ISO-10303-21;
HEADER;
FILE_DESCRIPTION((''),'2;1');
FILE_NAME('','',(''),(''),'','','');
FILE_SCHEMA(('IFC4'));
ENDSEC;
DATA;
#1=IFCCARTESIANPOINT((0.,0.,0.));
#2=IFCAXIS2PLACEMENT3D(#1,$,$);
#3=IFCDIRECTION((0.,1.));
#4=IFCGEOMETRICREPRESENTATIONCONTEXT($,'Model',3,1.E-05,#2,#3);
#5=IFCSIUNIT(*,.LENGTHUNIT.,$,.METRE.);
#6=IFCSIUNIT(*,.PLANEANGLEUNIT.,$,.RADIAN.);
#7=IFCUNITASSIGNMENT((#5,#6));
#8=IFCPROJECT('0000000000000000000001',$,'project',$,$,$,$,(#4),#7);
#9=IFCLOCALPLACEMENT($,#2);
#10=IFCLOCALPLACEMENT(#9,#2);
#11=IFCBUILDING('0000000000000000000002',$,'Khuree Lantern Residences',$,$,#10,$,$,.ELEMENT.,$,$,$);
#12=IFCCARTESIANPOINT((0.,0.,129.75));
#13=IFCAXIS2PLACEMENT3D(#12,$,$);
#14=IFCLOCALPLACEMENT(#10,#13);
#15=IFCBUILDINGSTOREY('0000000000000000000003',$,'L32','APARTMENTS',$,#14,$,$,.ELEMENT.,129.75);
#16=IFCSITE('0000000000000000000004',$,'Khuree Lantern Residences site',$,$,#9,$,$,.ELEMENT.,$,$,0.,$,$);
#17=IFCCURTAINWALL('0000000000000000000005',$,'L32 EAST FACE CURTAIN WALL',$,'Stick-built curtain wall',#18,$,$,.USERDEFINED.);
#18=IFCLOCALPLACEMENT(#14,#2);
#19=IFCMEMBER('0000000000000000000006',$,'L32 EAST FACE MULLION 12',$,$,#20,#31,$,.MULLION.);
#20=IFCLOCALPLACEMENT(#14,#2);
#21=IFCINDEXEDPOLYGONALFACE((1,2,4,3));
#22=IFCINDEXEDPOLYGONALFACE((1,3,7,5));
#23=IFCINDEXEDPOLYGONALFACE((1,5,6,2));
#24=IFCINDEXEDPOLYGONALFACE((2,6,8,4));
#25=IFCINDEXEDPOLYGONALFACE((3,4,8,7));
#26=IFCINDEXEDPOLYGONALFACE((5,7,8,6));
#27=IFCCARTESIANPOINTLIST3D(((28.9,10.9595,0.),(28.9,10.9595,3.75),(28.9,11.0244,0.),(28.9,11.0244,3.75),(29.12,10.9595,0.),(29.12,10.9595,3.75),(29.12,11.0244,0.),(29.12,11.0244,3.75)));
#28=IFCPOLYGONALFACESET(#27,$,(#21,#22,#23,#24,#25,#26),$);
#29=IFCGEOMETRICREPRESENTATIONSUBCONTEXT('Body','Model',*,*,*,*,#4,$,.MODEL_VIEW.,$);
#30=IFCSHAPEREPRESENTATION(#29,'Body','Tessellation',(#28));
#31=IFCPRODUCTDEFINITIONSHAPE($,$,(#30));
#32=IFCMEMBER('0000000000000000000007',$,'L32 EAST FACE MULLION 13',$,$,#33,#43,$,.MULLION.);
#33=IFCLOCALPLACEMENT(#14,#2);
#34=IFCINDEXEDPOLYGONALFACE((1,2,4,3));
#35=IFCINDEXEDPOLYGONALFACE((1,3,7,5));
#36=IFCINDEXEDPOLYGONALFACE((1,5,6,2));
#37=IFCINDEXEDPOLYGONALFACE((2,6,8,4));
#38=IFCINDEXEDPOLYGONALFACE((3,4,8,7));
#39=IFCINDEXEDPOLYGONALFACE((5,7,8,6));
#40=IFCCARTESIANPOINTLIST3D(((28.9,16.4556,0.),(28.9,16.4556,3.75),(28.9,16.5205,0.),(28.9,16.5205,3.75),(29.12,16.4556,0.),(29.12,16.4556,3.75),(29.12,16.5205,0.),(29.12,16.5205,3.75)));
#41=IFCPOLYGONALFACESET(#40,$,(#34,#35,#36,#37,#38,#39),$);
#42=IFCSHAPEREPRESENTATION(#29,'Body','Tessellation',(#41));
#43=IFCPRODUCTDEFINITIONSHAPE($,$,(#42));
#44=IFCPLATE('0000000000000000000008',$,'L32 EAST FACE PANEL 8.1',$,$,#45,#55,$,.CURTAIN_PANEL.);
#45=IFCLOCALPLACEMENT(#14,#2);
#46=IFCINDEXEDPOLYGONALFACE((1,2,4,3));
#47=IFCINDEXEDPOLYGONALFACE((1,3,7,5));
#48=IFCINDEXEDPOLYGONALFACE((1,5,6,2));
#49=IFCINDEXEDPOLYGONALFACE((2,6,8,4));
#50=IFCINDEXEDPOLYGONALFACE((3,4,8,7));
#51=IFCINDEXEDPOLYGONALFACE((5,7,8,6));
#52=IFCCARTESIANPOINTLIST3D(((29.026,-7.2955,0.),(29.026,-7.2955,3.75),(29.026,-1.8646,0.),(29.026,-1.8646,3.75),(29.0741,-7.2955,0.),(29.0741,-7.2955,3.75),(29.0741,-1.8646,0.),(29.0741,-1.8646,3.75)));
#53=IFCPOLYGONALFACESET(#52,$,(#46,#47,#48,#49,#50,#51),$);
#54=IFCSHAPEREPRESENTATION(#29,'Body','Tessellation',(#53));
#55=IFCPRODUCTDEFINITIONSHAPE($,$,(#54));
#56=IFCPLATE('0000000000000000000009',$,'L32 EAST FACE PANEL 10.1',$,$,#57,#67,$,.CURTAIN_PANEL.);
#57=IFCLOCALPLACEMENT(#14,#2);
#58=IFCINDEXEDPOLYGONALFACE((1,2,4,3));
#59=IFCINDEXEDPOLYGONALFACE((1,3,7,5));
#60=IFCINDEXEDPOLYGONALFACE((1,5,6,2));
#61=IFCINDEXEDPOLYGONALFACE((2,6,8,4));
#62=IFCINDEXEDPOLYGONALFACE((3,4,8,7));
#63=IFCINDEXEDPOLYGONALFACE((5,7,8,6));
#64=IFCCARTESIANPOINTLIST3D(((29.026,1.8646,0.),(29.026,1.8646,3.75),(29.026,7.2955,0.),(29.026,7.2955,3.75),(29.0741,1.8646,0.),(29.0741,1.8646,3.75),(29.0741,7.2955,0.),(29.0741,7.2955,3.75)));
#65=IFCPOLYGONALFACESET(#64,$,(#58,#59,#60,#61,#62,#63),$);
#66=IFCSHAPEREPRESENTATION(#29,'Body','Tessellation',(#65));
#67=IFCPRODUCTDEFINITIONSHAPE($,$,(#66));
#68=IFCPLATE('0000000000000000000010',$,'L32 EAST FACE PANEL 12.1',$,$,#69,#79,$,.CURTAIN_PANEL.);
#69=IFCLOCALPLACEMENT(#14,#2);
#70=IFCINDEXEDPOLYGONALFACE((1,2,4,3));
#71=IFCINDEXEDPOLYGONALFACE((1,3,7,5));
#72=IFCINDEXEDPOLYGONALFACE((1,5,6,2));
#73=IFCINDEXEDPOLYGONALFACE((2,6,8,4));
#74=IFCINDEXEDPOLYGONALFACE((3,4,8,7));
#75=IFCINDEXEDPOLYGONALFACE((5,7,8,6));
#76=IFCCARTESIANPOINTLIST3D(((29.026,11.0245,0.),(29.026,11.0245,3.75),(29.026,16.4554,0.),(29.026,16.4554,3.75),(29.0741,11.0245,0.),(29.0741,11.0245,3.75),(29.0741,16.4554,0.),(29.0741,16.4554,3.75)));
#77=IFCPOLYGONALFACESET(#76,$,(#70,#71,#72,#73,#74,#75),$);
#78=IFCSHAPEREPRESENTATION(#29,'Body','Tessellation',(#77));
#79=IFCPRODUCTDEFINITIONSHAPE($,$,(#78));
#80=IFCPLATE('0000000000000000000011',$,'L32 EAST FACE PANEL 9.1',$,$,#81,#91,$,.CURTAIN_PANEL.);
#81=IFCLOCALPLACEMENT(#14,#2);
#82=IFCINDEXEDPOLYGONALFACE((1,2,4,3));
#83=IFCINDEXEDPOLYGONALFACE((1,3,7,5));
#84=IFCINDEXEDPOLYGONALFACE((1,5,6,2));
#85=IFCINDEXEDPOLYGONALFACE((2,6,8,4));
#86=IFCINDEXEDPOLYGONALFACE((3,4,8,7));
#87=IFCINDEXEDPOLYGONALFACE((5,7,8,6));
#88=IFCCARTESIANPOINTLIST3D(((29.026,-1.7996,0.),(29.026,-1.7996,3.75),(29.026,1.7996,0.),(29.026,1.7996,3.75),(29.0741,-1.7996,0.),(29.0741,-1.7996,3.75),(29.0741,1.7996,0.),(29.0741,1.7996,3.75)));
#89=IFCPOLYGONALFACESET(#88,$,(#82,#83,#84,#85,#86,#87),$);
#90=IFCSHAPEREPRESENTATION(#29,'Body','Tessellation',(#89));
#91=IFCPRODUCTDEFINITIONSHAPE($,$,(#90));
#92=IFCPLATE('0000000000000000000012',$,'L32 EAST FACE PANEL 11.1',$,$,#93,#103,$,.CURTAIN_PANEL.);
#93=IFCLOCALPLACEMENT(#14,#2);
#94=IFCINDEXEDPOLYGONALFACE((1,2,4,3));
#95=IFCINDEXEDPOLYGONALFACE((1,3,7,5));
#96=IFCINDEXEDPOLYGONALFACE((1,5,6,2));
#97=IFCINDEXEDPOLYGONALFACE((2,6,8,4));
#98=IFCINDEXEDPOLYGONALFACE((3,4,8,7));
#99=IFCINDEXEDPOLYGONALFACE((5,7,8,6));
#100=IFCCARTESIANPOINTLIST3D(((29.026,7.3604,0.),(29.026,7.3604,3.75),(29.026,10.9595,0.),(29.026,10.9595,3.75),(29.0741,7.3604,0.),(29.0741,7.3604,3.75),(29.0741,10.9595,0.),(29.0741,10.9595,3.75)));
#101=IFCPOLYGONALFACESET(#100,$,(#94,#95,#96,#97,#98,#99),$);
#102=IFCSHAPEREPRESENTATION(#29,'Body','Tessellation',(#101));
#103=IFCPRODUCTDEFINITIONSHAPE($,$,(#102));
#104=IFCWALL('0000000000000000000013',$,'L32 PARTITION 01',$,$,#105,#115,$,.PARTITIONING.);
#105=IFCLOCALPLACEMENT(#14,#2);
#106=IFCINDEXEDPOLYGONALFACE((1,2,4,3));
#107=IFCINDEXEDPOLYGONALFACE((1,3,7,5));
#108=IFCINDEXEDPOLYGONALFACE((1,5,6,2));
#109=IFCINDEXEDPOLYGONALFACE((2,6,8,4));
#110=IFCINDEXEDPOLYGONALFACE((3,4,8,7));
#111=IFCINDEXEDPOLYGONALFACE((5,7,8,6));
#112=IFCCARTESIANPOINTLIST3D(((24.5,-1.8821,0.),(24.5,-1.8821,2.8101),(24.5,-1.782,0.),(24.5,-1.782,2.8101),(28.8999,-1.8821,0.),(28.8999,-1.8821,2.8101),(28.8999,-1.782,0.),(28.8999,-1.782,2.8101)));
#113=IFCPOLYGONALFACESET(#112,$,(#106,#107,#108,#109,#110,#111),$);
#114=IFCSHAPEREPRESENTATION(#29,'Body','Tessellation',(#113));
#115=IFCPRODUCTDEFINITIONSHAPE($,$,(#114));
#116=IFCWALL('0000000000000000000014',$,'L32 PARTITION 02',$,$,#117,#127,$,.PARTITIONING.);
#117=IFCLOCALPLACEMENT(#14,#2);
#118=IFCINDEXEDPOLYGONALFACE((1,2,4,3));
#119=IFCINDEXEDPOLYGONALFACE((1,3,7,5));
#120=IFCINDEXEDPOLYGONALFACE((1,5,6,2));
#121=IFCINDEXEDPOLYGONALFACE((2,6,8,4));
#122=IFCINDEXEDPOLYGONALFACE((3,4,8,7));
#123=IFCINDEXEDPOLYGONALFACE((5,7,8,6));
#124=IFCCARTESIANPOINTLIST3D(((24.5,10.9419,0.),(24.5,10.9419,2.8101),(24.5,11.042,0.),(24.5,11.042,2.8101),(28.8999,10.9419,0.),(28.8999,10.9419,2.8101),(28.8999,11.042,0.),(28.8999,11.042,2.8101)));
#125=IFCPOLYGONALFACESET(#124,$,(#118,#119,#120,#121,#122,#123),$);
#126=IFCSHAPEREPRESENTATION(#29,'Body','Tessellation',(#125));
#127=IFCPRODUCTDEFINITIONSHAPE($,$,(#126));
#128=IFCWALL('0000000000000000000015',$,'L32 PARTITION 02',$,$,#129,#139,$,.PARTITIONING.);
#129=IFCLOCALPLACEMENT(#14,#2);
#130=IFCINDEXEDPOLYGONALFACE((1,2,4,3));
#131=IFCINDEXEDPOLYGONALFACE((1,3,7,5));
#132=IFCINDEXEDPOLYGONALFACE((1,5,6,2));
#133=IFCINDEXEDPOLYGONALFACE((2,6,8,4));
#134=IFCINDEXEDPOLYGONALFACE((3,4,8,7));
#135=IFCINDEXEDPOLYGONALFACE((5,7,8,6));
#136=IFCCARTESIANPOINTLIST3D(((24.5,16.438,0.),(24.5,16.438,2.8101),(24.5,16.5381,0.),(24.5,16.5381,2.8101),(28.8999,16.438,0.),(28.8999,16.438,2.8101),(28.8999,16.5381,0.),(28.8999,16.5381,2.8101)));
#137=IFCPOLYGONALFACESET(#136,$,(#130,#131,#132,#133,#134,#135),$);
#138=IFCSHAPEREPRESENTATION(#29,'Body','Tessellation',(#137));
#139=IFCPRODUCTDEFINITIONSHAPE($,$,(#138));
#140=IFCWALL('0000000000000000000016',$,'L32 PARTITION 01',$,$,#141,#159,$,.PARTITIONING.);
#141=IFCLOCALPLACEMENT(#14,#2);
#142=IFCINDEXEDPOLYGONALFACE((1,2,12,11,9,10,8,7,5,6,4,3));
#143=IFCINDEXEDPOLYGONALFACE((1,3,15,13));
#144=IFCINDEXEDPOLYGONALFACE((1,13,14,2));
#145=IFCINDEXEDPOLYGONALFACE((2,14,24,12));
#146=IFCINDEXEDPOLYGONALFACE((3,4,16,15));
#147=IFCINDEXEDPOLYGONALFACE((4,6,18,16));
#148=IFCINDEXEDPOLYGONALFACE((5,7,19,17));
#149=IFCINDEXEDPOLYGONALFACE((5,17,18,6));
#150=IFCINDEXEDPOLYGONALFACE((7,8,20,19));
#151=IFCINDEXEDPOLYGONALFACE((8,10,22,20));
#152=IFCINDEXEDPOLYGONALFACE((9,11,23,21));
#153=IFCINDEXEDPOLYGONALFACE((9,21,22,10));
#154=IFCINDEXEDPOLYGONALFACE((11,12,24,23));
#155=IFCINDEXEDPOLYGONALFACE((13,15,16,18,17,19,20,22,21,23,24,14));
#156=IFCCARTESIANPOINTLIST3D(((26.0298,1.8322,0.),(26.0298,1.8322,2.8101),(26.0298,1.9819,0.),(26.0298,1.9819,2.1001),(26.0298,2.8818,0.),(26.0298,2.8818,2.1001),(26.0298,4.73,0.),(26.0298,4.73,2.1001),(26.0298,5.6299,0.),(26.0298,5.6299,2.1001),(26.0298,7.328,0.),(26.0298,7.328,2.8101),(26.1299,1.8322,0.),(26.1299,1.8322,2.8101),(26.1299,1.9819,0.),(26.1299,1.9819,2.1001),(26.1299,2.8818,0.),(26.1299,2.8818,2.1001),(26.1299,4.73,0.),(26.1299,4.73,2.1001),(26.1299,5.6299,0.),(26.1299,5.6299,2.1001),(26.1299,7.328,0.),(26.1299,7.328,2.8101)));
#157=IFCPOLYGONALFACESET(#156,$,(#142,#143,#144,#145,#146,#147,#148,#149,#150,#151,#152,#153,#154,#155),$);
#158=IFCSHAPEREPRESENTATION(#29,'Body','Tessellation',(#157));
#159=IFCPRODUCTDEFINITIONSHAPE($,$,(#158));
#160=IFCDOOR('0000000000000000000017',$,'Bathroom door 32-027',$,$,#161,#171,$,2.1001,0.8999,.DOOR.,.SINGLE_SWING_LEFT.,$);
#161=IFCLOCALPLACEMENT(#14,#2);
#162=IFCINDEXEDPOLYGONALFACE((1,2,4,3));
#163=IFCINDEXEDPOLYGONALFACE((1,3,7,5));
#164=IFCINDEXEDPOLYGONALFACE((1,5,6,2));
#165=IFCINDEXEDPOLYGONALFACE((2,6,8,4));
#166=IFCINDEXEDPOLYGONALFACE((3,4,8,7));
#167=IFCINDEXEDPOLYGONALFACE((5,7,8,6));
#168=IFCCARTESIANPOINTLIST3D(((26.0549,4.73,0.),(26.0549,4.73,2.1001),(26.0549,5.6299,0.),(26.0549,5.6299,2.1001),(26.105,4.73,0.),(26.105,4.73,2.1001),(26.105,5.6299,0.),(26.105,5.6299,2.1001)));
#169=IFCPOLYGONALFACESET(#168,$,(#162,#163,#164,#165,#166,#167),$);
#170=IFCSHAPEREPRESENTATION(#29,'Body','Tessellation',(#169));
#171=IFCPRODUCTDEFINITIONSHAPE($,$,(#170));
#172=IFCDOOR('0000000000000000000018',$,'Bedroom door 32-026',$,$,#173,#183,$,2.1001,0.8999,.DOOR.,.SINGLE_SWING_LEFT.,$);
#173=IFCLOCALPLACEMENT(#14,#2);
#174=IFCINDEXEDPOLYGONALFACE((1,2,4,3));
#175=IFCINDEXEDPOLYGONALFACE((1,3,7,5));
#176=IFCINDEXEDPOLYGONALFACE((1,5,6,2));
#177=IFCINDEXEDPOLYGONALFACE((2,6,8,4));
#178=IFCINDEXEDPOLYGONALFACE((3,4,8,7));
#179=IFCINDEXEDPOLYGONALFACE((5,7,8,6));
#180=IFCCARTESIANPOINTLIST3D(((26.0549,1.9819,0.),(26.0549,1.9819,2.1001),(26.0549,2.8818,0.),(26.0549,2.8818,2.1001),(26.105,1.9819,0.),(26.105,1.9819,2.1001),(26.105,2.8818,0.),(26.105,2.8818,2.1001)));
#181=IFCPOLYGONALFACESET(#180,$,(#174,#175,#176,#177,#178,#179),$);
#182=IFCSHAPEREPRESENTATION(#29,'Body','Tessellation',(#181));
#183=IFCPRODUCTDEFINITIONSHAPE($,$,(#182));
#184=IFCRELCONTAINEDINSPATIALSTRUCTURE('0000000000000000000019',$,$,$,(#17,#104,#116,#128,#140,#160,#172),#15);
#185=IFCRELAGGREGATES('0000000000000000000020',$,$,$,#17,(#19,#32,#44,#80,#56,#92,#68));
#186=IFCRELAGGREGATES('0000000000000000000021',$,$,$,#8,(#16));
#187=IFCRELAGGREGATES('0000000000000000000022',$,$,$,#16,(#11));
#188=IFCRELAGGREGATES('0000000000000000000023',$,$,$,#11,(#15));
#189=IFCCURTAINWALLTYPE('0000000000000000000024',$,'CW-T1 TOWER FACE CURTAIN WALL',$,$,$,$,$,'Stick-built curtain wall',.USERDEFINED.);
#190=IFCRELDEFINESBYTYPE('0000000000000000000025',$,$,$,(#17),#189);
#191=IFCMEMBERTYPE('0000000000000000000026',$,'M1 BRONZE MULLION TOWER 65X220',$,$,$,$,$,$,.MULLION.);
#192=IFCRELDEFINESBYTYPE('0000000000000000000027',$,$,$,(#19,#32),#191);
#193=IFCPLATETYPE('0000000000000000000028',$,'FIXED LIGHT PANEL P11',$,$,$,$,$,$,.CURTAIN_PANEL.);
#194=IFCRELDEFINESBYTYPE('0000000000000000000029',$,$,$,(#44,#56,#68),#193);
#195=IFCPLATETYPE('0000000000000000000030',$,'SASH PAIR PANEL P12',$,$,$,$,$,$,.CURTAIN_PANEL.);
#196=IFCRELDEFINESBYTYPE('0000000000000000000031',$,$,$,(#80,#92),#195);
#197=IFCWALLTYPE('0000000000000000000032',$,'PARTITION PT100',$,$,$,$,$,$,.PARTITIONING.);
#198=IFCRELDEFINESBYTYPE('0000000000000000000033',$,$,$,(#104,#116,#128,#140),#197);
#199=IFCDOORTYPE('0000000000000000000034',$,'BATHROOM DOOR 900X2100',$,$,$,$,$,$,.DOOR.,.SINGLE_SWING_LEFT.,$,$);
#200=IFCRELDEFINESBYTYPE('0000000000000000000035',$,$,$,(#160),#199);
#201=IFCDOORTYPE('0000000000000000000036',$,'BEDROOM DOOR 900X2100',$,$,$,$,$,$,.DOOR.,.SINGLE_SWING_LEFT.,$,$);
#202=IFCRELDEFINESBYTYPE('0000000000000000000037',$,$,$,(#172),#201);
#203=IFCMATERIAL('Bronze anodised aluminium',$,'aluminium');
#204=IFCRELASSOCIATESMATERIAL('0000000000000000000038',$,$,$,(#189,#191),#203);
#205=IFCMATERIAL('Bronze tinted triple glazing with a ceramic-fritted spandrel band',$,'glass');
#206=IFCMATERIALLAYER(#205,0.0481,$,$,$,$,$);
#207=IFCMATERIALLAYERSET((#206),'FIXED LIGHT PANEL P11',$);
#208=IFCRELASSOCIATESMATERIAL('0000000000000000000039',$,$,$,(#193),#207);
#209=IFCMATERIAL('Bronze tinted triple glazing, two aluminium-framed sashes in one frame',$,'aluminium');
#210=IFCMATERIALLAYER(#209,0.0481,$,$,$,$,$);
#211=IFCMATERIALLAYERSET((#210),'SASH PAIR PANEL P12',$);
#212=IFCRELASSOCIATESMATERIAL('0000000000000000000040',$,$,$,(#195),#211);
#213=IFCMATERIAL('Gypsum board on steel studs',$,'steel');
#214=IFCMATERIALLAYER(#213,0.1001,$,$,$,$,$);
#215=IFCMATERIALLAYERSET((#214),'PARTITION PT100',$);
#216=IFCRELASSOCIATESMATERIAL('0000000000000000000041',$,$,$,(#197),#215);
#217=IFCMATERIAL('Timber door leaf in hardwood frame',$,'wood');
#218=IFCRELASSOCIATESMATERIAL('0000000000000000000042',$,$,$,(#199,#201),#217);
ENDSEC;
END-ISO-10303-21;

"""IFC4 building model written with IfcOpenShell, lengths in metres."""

from ifc_helpers import new_model, si_unit, direction, frame, frame_2d, origin, origin_2d, place, context, subcontext, project, spatial, rectangle, extrude, material, layer, layer_set, material_profile, profile_set, type_object, element, fill, aggregate, save


model = new_model("IFC4")

# Units and contexts
model_context = context("Model", 3, precision=1e-05, world=origin(), true_north=direction((0.0, 1.0)))
body_context = subcontext(model_context, "Body", "Model", "MODEL_VIEW")
ifc_project = project(units=[si_unit("LENGTHUNIT", "METRE"), si_unit("PLANEANGLEUNIT", "RADIAN")], contexts=[model_context])

# Site, building, storey
site_placement = place(None, origin())
site = spatial("IfcSite", under=ifc_project, at=site_placement, Name="Khuree Lantern Residences site", CompositionType="ELEMENT", RefElevation=0.0)
building_placement = place(site_placement, origin())
building = spatial("IfcBuilding", under=site, at=building_placement, Name="Khuree Lantern Residences", CompositionType="ELEMENT")
storey_placement = place(building_placement, frame((0.0, 0.0, 129.75)))
storey = spatial("IfcBuildingStorey", under=building, at=storey_placement, Name="L32", Description="APARTMENTS", CompositionType="ELEMENT", Elevation=129.75)

# Curtain wall
ifc_material_1 = material(Name="Bronze anodised aluminium", Category="aluminium")
curtain_wall_type = type_object("IfcCurtainWallType", Name="CW-T1 TOWER FACE CURTAIN WALL", ElementType="Stick-built curtain wall", PredefinedType="USERDEFINED", material=ifc_material_1)
curtain_wall_placement = place(storey_placement, origin())
curtain_wall = element("IfcCurtainWall", 1, at=curtain_wall_placement, inside=storey, type_object=curtain_wall_type, Name="L32 EAST FACE CURTAIN WALL", ObjectType="Stick-built curtain wall", PredefinedType="USERDEFINED")

# Members
ifc_material_profile_1 = material_profile(ifc_material_1, rectangle(XDim=0.0649, YDim=0.22, at=origin_2d()), Name="M1 65X220")
ifc_profile_set_1 = profile_set([ifc_material_profile_1], Name="Bronze anodised aluminium")
member_type_1 = type_object("IfcMemberType", Name="M1 BRONZE MULLION TOWER 65X220", PredefinedType="MULLION", material=ifc_profile_set_1)
member_1_placement = place(storey_placement, frame((29.01, 10.9919, 0.0), z_axis=(0.0, 0.0, 1.0), x_axis=(0.0, 1.0, 0.0)))
member_1 = element("IfcMember", 2, at=member_1_placement, type_object=member_type_1, Name="L32 EAST FACE MULLION 12", PredefinedType="MULLION", context=body_context, shape_type="SweptSolid", body=[
    extrude(rectangle(XDim=0.0649, YDim=0.22, at=origin_2d()), origin(), (0.0, 0.0, 1.0), 3.75),
])
member_2_placement = place(storey_placement, frame((29.01, 16.488, 0.0), z_axis=(0.0, 0.0, 1.0), x_axis=(0.0, 1.0, 0.0)))
member_2 = element("IfcMember", 3, at=member_2_placement, type_object=member_type_1, Name="L32 EAST FACE MULLION 13", PredefinedType="MULLION", context=body_context, shape_type="SweptSolid", body=[
    extrude(rectangle(XDim=0.0649, YDim=0.22, at=origin_2d()), origin(), (0.0, 0.0, 1.0), 3.75),
])

# Plates
ifc_material_2 = material(Name="Bronze tinted triple glazing with a ceramic-fritted spandrel band", Category="glass")
ifc_layer_1 = layer(ifc_material_2, 0.0481)
ifc_layer_set_1 = layer_set([ifc_layer_1], Name="FIXED LIGHT PANEL P11")
plate_type_1 = type_object("IfcPlateType", Name="FIXED LIGHT PANEL P11", PredefinedType="CURTAIN_PANEL", material=ifc_layer_set_1)
plate_1_placement = place(storey_placement, frame((29.05, -4.5801, 0.0), z_axis=(0.0, 0.0, 1.0), x_axis=(0.0, 1.0, 0.0)))
plate_1 = element("IfcPlate", 4, at=plate_1_placement, type_object=plate_type_1, Name="L32 EAST FACE PANEL 8.1", PredefinedType="CURTAIN_PANEL", context=body_context, shape_type="SweptSolid", body=[
    extrude(rectangle(XDim=5.4309, YDim=0.0481, at=origin_2d()), origin(), (0.0, 0.0, 1.0), 3.75),
])
plate_2_placement = place(storey_placement, frame((29.05, 4.5801, 0.0), z_axis=(0.0, 0.0, 1.0), x_axis=(0.0, 1.0, 0.0)))
plate_2 = element("IfcPlate", 5, at=plate_2_placement, type_object=plate_type_1, Name="L32 EAST FACE PANEL 10.1", PredefinedType="CURTAIN_PANEL", context=body_context, shape_type="SweptSolid", body=[
    extrude(rectangle(XDim=5.4309, YDim=0.0481, at=origin_2d()), origin(), (0.0, 0.0, 1.0), 3.75),
])
plate_3_placement = place(storey_placement, frame((29.05, 13.74, 0.0), z_axis=(0.0, 0.0, 1.0), x_axis=(0.0, 1.0, 0.0)))
plate_3 = element("IfcPlate", 6, at=plate_3_placement, type_object=plate_type_1, Name="L32 EAST FACE PANEL 12.1", PredefinedType="CURTAIN_PANEL", context=body_context, shape_type="SweptSolid", body=[
    extrude(rectangle(XDim=5.4309, YDim=0.0481, at=origin_2d()), origin(), (0.0, 0.0, 1.0), 3.75),
])
ifc_material_3 = material(Name="Bronze tinted triple glazing, two aluminium-framed sashes in one frame", Category="aluminium")
ifc_layer_2 = layer(ifc_material_3, 0.0481)
ifc_layer_set_2 = layer_set([ifc_layer_2], Name="SASH PAIR PANEL P12")
plate_type_2 = type_object("IfcPlateType", Name="SASH PAIR PANEL P12", PredefinedType="CURTAIN_PANEL", material=ifc_layer_set_2)
plate_4_placement = place(storey_placement, frame((29.05, 0.0, 0.0), z_axis=(0.0, 0.0, 1.0), x_axis=(0.0, 1.0, 0.0)))
plate_4 = element("IfcPlate", 7, at=plate_4_placement, type_object=plate_type_2, Name="L32 EAST FACE PANEL 9.1", PredefinedType="CURTAIN_PANEL", context=body_context, shape_type="SweptSolid", body=[
    extrude(rectangle(XDim=3.5991, YDim=0.0481, at=origin_2d()), origin(), (0.0, 0.0, 1.0), 3.75),
])
plate_5_placement = place(storey_placement, frame((29.05, 9.1599, 0.0), z_axis=(0.0, 0.0, 1.0), x_axis=(0.0, 1.0, 0.0)))
plate_5 = element("IfcPlate", 8, at=plate_5_placement, type_object=plate_type_2, Name="L32 EAST FACE PANEL 11.1", PredefinedType="CURTAIN_PANEL", context=body_context, shape_type="SweptSolid", body=[
    extrude(rectangle(XDim=3.5991, YDim=0.0481, at=origin_2d()), origin(), (0.0, 0.0, 1.0), 3.75),
])
aggregate(curtain_wall, [member_1, member_2, plate_1, plate_4, plate_2, plate_5, plate_3])

# Walls
ifc_material_4 = material(Name="Gypsum board on steel studs", Category="steel")
ifc_layer_3 = layer(ifc_material_4, 0.1001)
ifc_layer_set_3 = layer_set([ifc_layer_3], Name="PARTITION PT100")
wall_type = type_object("IfcWallType", Name="PARTITION PT100", PredefinedType="PARTITIONING", material=ifc_layer_set_3)
for number, where, z_axis, x_axis, name in (
    (9, (24.5, -1.832, 0.0), (0.0, 0.0, 1.0), (1.0, 0.0, 0.0), "L32 PARTITION 01"),
    (10, (24.5, 10.9919, 0.0), (0.0, 0.0, 1.0), (1.0, 0.0, 0.0), "L32 PARTITION 02"),
    (11, (24.5, 16.488, 0.0), (0.0, 0.0, 1.0), (1.0, 0.0, 0.0), "L32 PARTITION 02"),
):
    element("IfcWall", number, at=place(storey_placement, frame(where, z_axis=z_axis, x_axis=x_axis)), inside=storey, type_object=wall_type, Name=name, PredefinedType="PARTITIONING", context=body_context, shape_type="SweptSolid", body=[
        extrude(rectangle(XDim=4.3999, YDim=0.1001, at=frame_2d((2.2, 0.0))), origin(), (0.0, 0.0, 1.0), 2.8101),
    ])

# Wall, openings, doors
wall_1_placement = place(storey_placement, frame((26.0798, 1.832, 0.0), z_axis=(0.0, 0.0, 1.0), x_axis=(0.0, 1.0, 0.0)))
wall_1 = element("IfcWall", 12, at=wall_1_placement, inside=storey, type_object=wall_type, Name="L32 PARTITION 01", PredefinedType="PARTITIONING", context=body_context, shape_type="SweptSolid", body=[
    extrude(rectangle(XDim=5.4958, YDim=0.1001, at=frame_2d((2.748, 0.0))), origin(), (0.0, 0.0, 1.0), 2.8101),
])
opening_1_placement = place(wall_1_placement, frame((0.1499, 0.0, 0.0)))
opening_1 = element("IfcOpeningElement", 13, at=opening_1_placement, cuts=wall_1, PredefinedType="OPENING", context=body_context, shape_type="SweptSolid", body=[
    extrude(rectangle(XDim=0.8999, YDim=2.1001, at=frame_2d((0.45, 1.05))), frame((0.0, 0.0601, 0.0), z_axis=(0.0, -1.0, 0.0), x_axis=(1.0, 0.0, 0.0)), (0.0, 0.0, 1.0), 0.1201),
])
opening_2_placement = place(wall_1_placement, frame((2.8979, 0.0, 0.0)))
opening_2 = element("IfcOpeningElement", 14, at=opening_2_placement, cuts=wall_1, PredefinedType="OPENING", context=body_context, shape_type="SweptSolid", body=[
    extrude(rectangle(XDim=0.8999, YDim=2.1001, at=frame_2d((0.45, 1.05))), frame((0.0, 0.0601, 0.0), z_axis=(0.0, -1.0, 0.0), x_axis=(1.0, 0.0, 0.0)), (0.0, 0.0, 1.0), 0.1201),
])
ifc_material_5 = material(Name="Timber door leaf in hardwood frame", Category="wood")
door_type_1 = type_object("IfcDoorType", Name="BATHROOM DOOR 900X2100", OperationType="SINGLE_SWING_LEFT", PredefinedType="DOOR", material=ifc_material_5)
door_1_placement = place(opening_2_placement, origin())
door_1 = element("IfcDoor", 15, at=door_1_placement, inside=storey, type_object=door_type_1, Name="Bathroom door 32-027", OperationType="SINGLE_SWING_LEFT", OverallHeight=2.1001, OverallWidth=0.8999, PredefinedType="DOOR", context=body_context, shape_type="SweptSolid", body=[
    extrude(rectangle(XDim=0.8999, YDim=2.1001, at=frame_2d((0.45, 1.05))), frame((0.0, 0.0249, 0.0), z_axis=(0.0, -1.0, 0.0), x_axis=(1.0, 0.0, 0.0)), (0.0, 0.0, 1.0), 0.05),
])
fill(opening_2, door_1)
door_type_2 = type_object("IfcDoorType", Name="BEDROOM DOOR 900X2100", OperationType="SINGLE_SWING_LEFT", PredefinedType="DOOR", material=ifc_material_5)
door_2_placement = place(opening_1_placement, origin())
door_2 = element("IfcDoor", 16, at=door_2_placement, inside=storey, type_object=door_type_2, Name="Bedroom door 32-026", OperationType="SINGLE_SWING_LEFT", OverallHeight=2.1001, OverallWidth=0.8999, PredefinedType="DOOR", context=body_context, shape_type="SweptSolid", body=[
    extrude(rectangle(XDim=0.8999, YDim=2.1001, at=frame_2d((0.45, 1.05))), frame((0.0, 0.0249, 0.0), z_axis=(0.0, -1.0, 0.0), x_axis=(1.0, 0.0, 0.0)), (0.0, 0.0, 1.0), 0.05),
])
fill(opening_1, door_2)

save(model, "model.ifc")
